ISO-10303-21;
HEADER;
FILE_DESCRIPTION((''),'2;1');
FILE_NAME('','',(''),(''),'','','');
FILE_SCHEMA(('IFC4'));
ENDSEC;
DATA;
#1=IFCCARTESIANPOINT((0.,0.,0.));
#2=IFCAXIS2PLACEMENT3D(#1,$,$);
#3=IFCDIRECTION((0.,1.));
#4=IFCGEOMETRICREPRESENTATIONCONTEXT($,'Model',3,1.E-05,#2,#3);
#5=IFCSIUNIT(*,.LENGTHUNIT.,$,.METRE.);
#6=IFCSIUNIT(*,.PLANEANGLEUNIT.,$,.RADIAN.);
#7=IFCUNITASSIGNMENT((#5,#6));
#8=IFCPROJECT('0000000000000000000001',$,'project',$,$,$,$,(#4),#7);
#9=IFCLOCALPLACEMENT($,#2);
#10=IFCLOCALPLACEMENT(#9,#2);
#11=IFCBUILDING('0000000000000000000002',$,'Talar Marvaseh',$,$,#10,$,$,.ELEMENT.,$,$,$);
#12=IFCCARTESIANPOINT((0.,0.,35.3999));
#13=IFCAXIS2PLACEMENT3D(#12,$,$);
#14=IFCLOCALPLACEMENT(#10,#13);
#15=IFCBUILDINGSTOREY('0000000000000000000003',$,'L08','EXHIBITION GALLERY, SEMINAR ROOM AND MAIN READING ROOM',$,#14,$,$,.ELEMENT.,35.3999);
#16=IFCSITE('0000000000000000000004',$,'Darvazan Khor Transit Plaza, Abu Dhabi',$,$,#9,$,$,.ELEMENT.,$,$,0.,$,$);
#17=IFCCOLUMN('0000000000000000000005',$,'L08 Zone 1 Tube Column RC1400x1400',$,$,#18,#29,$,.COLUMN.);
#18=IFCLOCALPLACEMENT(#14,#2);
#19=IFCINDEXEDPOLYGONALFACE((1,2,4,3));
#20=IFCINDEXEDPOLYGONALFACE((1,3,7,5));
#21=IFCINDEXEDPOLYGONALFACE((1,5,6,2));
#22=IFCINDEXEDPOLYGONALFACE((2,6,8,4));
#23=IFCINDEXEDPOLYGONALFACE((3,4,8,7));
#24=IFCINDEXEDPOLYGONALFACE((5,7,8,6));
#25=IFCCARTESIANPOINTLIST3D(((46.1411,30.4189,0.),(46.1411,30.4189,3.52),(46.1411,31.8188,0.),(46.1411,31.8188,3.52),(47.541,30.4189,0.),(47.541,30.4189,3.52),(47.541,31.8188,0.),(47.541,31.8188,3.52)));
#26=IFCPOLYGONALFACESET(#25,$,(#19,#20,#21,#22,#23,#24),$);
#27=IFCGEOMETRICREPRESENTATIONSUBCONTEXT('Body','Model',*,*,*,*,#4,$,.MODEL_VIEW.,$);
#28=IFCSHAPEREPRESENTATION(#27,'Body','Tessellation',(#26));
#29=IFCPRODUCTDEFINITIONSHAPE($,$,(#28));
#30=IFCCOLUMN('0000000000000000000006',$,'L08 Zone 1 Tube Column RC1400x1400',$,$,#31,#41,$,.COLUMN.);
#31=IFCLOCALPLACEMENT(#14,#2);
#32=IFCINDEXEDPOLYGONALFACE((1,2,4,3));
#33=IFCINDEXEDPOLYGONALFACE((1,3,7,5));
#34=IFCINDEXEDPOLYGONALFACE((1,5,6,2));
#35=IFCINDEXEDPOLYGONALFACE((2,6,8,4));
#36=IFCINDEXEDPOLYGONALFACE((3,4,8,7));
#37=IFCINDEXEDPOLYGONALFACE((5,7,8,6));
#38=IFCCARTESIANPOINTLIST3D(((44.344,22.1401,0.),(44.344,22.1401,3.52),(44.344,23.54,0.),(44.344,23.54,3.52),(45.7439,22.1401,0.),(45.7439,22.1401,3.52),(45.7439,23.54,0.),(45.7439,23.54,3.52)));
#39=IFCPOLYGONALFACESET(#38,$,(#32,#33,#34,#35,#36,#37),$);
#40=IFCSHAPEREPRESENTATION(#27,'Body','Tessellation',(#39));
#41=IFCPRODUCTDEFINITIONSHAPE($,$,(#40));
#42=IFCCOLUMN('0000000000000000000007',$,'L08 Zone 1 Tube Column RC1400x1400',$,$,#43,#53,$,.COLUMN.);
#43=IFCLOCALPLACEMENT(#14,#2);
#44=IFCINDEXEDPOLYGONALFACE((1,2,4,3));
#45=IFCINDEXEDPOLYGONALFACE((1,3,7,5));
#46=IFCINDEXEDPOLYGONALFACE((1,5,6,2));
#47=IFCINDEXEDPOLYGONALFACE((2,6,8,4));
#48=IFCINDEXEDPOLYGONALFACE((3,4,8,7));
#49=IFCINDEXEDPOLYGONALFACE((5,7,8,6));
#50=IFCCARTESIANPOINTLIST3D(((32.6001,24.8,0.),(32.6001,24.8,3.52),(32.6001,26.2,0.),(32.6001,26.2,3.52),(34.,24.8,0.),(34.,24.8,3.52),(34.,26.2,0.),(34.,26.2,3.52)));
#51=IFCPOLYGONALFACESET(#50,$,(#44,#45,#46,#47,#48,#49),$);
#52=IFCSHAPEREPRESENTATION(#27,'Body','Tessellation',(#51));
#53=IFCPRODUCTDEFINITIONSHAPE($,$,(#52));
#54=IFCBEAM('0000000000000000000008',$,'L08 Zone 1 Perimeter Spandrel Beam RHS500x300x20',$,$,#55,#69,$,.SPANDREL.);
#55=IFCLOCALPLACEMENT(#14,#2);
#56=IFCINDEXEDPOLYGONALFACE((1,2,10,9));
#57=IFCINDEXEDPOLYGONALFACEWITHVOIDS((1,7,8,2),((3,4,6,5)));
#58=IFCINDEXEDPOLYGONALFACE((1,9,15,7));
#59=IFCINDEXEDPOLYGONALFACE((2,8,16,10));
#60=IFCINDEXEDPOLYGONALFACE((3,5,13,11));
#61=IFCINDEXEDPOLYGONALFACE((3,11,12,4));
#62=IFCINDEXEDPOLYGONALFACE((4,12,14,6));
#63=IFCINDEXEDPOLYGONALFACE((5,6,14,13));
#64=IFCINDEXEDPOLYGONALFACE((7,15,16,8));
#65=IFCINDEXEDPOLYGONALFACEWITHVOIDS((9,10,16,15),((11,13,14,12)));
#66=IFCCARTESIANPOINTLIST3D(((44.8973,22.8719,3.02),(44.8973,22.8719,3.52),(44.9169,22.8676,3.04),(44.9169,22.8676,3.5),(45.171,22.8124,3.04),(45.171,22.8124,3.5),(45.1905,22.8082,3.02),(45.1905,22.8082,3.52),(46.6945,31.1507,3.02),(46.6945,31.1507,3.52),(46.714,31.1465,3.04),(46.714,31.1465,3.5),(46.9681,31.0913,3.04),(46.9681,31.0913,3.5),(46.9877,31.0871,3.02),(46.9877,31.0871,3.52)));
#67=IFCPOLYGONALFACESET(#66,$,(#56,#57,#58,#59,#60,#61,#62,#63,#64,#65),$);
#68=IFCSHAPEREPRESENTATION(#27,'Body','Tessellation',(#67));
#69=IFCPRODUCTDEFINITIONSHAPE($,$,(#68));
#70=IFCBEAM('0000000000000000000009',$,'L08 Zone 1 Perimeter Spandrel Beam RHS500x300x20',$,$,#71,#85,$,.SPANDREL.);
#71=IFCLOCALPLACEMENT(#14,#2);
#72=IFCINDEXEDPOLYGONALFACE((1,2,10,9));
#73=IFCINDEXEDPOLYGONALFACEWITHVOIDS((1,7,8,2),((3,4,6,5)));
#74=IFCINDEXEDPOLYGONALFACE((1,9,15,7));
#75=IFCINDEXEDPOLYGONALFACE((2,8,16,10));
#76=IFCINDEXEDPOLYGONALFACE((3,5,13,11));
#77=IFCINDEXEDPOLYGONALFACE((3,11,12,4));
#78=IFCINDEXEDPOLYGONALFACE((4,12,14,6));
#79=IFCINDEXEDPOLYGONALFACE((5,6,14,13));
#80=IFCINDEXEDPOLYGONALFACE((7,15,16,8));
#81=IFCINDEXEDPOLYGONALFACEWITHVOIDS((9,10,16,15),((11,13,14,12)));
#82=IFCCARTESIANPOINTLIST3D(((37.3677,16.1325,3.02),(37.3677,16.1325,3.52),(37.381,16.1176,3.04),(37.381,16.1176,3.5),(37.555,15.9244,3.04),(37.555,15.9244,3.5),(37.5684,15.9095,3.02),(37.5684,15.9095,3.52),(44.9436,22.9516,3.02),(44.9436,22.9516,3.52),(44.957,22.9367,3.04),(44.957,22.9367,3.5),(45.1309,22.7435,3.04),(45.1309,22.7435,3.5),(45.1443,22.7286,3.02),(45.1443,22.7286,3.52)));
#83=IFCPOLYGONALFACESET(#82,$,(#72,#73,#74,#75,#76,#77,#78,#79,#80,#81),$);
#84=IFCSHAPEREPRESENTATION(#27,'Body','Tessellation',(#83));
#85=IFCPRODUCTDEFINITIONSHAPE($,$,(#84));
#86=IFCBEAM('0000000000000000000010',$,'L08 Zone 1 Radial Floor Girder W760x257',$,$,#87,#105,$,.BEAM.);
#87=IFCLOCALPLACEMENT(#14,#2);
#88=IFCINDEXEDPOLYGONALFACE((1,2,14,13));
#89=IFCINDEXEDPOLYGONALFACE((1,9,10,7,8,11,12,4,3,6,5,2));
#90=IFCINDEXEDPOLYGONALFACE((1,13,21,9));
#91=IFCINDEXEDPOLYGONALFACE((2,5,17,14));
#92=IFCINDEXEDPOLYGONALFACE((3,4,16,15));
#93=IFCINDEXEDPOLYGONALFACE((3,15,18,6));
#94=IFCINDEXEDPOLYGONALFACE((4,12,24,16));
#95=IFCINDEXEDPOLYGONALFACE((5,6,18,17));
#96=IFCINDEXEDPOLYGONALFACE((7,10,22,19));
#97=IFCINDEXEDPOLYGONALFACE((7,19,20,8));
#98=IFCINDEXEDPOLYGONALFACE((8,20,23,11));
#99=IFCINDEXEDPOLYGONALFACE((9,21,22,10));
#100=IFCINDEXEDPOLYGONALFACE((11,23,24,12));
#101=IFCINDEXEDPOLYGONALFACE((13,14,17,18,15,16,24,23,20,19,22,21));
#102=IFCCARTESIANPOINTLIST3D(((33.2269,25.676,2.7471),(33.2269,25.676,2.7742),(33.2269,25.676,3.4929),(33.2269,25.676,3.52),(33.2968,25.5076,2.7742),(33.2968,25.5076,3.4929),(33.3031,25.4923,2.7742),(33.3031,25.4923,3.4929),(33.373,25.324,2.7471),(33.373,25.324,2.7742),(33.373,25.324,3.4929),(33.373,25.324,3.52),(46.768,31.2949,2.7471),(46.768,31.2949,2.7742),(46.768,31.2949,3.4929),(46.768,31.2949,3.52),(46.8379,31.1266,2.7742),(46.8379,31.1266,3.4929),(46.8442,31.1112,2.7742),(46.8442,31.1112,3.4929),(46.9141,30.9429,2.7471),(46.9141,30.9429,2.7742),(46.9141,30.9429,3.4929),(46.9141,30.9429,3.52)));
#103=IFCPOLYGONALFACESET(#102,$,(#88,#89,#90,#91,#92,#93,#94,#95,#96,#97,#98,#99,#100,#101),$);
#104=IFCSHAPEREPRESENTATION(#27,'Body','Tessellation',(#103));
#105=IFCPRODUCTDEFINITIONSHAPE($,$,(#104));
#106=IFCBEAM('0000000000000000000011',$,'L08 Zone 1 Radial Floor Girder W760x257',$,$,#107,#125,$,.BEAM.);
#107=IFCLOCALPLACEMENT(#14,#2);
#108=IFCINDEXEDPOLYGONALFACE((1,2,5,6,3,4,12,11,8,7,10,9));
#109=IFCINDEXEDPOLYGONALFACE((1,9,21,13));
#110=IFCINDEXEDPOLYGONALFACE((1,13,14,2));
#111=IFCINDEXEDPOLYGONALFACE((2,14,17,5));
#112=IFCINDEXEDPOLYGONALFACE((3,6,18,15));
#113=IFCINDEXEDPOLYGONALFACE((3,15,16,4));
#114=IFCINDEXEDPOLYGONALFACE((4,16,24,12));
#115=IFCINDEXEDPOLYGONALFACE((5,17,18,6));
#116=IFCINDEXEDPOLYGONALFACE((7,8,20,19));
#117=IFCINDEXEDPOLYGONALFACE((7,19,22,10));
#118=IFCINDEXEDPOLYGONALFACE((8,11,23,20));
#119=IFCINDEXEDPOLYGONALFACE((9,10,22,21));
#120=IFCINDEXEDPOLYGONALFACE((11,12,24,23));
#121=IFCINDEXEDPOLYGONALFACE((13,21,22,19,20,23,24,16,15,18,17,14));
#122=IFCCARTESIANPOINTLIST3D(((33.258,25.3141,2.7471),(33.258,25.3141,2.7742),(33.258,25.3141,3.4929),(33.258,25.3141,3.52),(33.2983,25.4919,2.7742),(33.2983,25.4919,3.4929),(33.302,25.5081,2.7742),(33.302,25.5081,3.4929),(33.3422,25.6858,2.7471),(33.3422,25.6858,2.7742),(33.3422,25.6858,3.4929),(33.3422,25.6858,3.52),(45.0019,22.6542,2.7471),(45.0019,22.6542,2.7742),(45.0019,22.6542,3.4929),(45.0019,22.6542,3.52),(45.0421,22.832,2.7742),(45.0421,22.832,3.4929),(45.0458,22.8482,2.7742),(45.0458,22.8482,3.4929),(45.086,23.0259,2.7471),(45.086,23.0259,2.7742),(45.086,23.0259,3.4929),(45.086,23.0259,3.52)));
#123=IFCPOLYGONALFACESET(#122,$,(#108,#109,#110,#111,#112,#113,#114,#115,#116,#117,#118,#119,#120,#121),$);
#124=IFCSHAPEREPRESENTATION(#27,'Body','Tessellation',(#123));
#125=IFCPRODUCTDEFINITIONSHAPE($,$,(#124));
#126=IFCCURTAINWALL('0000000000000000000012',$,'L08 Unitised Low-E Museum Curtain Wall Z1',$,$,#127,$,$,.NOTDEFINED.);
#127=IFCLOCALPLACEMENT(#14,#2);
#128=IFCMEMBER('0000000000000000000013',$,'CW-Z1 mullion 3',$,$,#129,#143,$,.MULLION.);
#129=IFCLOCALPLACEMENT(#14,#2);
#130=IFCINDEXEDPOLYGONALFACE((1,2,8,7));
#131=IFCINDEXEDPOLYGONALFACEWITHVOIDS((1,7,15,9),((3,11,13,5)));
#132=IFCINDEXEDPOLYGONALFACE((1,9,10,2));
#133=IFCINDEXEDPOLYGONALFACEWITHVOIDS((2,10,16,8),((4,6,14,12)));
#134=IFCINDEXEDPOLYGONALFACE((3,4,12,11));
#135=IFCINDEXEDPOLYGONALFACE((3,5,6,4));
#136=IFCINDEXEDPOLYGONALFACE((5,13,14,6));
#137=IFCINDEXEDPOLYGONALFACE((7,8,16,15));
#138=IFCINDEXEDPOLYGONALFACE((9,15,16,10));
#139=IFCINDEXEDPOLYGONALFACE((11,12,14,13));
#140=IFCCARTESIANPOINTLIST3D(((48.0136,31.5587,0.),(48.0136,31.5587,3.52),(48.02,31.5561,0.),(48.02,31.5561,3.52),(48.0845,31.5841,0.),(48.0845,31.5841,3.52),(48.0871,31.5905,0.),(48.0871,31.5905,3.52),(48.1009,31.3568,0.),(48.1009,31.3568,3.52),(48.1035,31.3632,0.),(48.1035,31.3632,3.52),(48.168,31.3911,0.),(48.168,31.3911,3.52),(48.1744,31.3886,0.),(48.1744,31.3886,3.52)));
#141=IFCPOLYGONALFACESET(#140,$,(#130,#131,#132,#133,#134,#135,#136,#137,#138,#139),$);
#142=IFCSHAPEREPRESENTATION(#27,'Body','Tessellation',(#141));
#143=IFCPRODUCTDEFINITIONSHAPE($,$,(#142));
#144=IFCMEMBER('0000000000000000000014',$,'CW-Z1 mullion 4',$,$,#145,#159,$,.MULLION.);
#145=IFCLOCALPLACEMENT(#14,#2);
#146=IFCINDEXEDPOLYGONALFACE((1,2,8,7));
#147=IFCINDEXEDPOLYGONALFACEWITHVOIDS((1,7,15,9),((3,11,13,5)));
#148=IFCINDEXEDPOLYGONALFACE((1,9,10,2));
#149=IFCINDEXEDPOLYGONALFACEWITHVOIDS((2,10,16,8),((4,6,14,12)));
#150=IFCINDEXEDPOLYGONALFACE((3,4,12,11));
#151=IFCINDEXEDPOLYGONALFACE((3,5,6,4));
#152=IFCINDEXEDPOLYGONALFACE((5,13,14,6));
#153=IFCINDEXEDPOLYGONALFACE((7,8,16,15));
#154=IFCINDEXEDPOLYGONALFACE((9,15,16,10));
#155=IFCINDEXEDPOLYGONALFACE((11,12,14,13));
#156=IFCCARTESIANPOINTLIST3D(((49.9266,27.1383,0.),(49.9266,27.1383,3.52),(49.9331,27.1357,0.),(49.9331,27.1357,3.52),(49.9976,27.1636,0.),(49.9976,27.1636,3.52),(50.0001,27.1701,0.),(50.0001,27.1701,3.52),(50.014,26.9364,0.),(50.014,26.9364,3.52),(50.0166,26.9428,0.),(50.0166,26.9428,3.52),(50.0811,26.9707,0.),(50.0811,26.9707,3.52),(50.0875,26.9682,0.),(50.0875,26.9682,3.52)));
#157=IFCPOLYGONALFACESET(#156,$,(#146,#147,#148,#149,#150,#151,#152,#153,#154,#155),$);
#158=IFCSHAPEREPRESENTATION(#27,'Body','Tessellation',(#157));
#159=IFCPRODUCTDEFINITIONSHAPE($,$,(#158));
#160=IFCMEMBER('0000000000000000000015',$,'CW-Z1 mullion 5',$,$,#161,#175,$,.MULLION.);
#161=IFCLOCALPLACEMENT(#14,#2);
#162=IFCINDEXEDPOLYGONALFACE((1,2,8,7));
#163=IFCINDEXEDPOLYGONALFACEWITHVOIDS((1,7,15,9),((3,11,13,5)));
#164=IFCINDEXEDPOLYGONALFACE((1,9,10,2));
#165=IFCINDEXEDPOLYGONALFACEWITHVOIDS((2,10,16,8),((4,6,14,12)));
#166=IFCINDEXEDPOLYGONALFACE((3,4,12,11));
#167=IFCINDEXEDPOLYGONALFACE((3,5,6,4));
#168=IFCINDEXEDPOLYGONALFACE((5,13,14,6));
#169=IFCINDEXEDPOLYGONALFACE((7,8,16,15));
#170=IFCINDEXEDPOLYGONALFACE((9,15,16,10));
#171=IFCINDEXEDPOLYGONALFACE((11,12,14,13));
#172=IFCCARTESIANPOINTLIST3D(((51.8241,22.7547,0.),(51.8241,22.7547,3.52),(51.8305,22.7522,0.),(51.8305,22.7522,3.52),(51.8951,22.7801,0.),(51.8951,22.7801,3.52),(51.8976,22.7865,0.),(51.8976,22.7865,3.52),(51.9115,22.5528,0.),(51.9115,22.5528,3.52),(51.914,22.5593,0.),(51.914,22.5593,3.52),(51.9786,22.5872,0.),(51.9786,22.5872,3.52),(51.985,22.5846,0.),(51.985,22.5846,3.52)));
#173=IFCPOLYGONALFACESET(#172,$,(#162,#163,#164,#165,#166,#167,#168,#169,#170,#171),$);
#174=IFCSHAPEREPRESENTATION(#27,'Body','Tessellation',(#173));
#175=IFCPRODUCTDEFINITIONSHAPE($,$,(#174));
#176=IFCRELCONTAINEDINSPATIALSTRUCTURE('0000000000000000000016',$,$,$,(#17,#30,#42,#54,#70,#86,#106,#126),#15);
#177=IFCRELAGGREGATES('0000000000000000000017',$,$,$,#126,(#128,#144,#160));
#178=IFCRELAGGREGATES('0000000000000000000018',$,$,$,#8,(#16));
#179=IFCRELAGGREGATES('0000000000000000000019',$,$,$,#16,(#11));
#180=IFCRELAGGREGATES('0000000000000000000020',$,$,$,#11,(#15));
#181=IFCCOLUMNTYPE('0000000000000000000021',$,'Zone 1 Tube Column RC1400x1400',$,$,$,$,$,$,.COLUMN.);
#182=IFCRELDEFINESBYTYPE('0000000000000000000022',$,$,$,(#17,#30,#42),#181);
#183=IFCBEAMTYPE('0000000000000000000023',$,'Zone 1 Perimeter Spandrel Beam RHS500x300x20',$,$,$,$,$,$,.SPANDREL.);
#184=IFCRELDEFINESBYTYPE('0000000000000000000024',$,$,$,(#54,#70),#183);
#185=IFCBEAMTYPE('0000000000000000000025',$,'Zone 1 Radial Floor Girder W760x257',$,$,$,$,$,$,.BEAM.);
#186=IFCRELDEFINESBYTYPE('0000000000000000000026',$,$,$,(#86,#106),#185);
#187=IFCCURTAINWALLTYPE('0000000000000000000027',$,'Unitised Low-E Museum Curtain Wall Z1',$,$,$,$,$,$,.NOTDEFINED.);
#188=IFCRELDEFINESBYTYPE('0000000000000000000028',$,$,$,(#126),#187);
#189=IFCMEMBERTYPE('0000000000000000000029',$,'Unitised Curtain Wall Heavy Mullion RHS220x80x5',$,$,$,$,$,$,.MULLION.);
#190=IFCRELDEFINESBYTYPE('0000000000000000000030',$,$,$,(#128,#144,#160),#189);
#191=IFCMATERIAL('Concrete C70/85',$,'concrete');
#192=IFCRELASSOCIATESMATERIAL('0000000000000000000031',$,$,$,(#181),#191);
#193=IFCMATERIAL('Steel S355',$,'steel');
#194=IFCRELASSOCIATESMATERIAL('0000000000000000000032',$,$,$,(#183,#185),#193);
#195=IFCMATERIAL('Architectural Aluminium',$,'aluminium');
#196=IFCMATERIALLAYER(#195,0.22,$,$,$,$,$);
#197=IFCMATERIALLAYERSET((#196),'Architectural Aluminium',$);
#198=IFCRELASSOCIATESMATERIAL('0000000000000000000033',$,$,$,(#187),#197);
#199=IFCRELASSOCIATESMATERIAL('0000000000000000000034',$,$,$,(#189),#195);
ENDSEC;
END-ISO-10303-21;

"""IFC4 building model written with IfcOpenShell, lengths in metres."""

from ifc_helpers import new_model, si_unit, direction, frame, origin, origin_2d, place, context, subcontext, project, spatial, rectangle, hollow_rectangle, i_section, extrude, source, transform, mapped, material, layer, layer_set, material_profile, profile_set, type_object, type_shapes, element, aggregate, save


model = new_model("IFC4")

# Units and contexts
model_context = context("Model", 3, precision=1e-05, world=origin(), true_north=direction((0.0, 1.0)))
body_context = subcontext(model_context, "Body", "Model", "MODEL_VIEW")
ifc_project = project(units=[si_unit("LENGTHUNIT", "METRE"), si_unit("PLANEANGLEUNIT", "RADIAN")], contexts=[model_context])

# Site, building, storey
site_placement = place(None, origin())
site = spatial("IfcSite", under=ifc_project, at=site_placement, Name="Darvazan Khor Transit Plaza, Abu Dhabi", CompositionType="ELEMENT", RefElevation=0.0)
building_placement = place(site_placement, origin())
building = spatial("IfcBuilding", under=site, at=building_placement, Name="Talar Marvaseh", CompositionType="ELEMENT")
storey_placement = place(building_placement, frame((0.0, 0.0, 35.3999)))
storey = spatial("IfcBuildingStorey", under=building, at=storey_placement, Name="L08", Description="EXHIBITION GALLERY, SEMINAR ROOM AND MAIN READING ROOM", CompositionType="ELEMENT", Elevation=35.3999)

# Columns
ifc_material_1 = material(Name="Concrete C70/85", Category="concrete")
ifc_material_profile_1 = material_profile(ifc_material_1, rectangle(XDim=1.3999, YDim=1.3999, at=origin_2d()), Name="RC1400x1400")
ifc_profile_set_1 = profile_set([ifc_material_profile_1], Name="Concrete C70/85")
column_type = type_object("IfcColumnType", Name="Zone 1 Tube Column RC1400x1400", PredefinedType="COLUMN", material=ifc_profile_set_1)
for number, where, z_axis, x_axis, name in (
    (1, (46.8411, 31.1189, 0.0), (0.0, 0.0, 1.0), (1.0, 0.0, 0.0), "L08 Zone 1 Tube Column RC1400x1400"),
    (2, (45.0439, 22.8401, 0.0), (0.0, 0.0, 1.0), (1.0, 0.0, 0.0), "L08 Zone 1 Tube Column RC1400x1400"),
    (3, (33.3, 25.5, 0.0), (0.0, 0.0, 1.0), (1.0, 0.0, 0.0), "L08 Zone 1 Tube Column RC1400x1400"),
):
    element("IfcColumn", number, at=place(storey_placement, frame(where, z_axis=z_axis, x_axis=x_axis)), inside=storey, type_object=column_type, Name=name, PredefinedType="COLUMN", context=body_context, shape_type="SweptSolid", body=[
        extrude(rectangle(XDim=1.3999, YDim=1.3999, at=origin_2d()), origin(), (0.0, 0.0, 1.0), 3.52),
    ])

# Beams
ifc_material_2 = material(Name="Steel S355", Category="steel")
ifc_material_profile_2 = material_profile(ifc_material_2, hollow_rectangle(XDim=0.3, YDim=0.5, WallThickness=0.02, at=origin_2d()), Name="RHS500x300x20")
ifc_profile_set_2 = profile_set([ifc_material_profile_2], Name="Steel S355")
beam_type_1 = type_object("IfcBeamType", Name="Zone 1 Perimeter Spandrel Beam RHS500x300x20", PredefinedType="SPANDREL", material=ifc_profile_set_2)
beam_1_placement = place(storey_placement, frame((46.8411, 31.1189, 3.27), z_axis=(-0.212134, -0.977241, 0.0), x_axis=(0.977241, -0.212134, 0.0)))
element("IfcBeam", 4, at=beam_1_placement, inside=storey, type_object=beam_type_1, Name="L08 Zone 1 Perimeter Spandrel Beam RHS500x300x20", PredefinedType="SPANDREL", context=body_context, shape_type="SweptSolid", body=[
    extrude(hollow_rectangle(XDim=0.3, YDim=0.5, WallThickness=0.02, at=origin_2d()), origin(), (0.0, 0.0, 1.0), 8.4717),
])
beam_2_placement = place(storey_placement, frame((45.0439, 22.8401, 3.27), z_axis=(-0.743257, -0.669006, 0.0), x_axis=(0.669006, -0.743257, 0.0)))
element("IfcBeam", 5, at=beam_2_placement, inside=storey, type_object=beam_type_1, Name="L08 Zone 1 Perimeter Spandrel Beam RHS500x300x20", PredefinedType="SPANDREL", context=body_context, shape_type="SweptSolid", body=[
    extrude(hollow_rectangle(XDim=0.3, YDim=0.5, WallThickness=0.02, at=origin_2d()), origin(), (0.0, 0.0, 1.0), 10.1929),
])
ifc_material_profile_3 = material_profile(ifc_material_2, i_section(OverallWidth=0.3811, OverallDepth=0.7729, WebThickness=0.0166, FlangeThickness=0.0271, at=origin_2d()), Name="W760x257")
ifc_profile_set_3 = profile_set([ifc_material_profile_3], Name="Steel S355")
beam_type_2 = type_object("IfcBeamType", Name="Zone 1 Radial Floor Girder W760x257", PredefinedType="BEAM", material=ifc_profile_set_3)
beam_3_placement = place(storey_placement, frame((46.8411, 31.1189, 3.1335), z_axis=(-0.923638, -0.383267, 0.0), x_axis=(0.383267, -0.923638, 0.0)))
element("IfcBeam", 6, at=beam_3_placement, inside=storey, type_object=beam_type_2, Name="L08 Zone 1 Radial Floor Girder W760x257", PredefinedType="BEAM", context=body_context, shape_type="SweptSolid", body=[
    extrude(i_section(OverallWidth=0.3811, OverallDepth=0.7729, WebThickness=0.0166, FlangeThickness=0.0271, at=origin_2d()), origin(), (0.0, 0.0, 1.0), 14.6606),
])
beam_4_placement = place(storey_placement, frame((45.0439, 22.8401, 3.1335), z_axis=(-0.975297, 0.220898, 0.0), x_axis=(-0.220898, -0.975297, 0.0)))
element("IfcBeam", 7, at=beam_4_placement, inside=storey, type_object=beam_type_2, Name="L08 Zone 1 Radial Floor Girder W760x257", PredefinedType="BEAM", context=body_context, shape_type="SweptSolid", body=[
    extrude(i_section(OverallWidth=0.3811, OverallDepth=0.7729, WebThickness=0.0166, FlangeThickness=0.0271, at=origin_2d()), origin(), (0.0, 0.0, 1.0), 12.0413),
])

# Curtain wall, members
ifc_material_3 = material(Name="Architectural Aluminium", Category="aluminium")
ifc_layer_1 = layer(ifc_material_3, 0.22)
ifc_layer_set_1 = layer_set([ifc_layer_1], Name="Architectural Aluminium")
curtain_wall_type = type_object("IfcCurtainWallType", Name="Unitised Low-E Museum Curtain Wall Z1", PredefinedType="NOTDEFINED", material=ifc_layer_set_1)
curtain_wall_placement = place(storey_placement, origin())
curtain_wall = element("IfcCurtainWall", 8, at=curtain_wall_placement, inside=storey, type_object=curtain_wall_type, Name="L08 Unitised Low-E Museum Curtain Wall Z1", PredefinedType="NOTDEFINED")
ifc_material_profile_4 = material_profile(ifc_material_3, hollow_rectangle(XDim=0.0801, YDim=0.22, WallThickness=0.0049, at=origin_2d()), Name="RHS220x80x5")
ifc_profile_set_4 = profile_set([ifc_material_profile_4], Name="Architectural Aluminium")
member_type_1 = type_object("IfcMemberType", Name="Unitised Curtain Wall Heavy Mullion RHS220x80x5", PredefinedType="MULLION", material=ifc_profile_set_4)
shared_shape_1 = source(origin(), body_context, "Body", "SweptSolid", [
    extrude(hollow_rectangle(XDim=0.0801, YDim=0.22, WallThickness=0.0049, at=origin_2d()), origin(), (0.0, 0.0, 1.0), 3.52),
])
type_shapes(member_type_1, [shared_shape_1])
member_1_placement = place(storey_placement, frame((48.094, 31.4736, 0.0), z_axis=(0.0, 0.0, 1.0), x_axis=(0.917728, 0.39721, 0.0)))
member_1 = element("IfcMember", 9, at=member_1_placement, type_object=member_type_1, Name="CW-Z1 mullion 3", PredefinedType="MULLION", context=body_context, shape_type="MappedRepresentation", body=[
    mapped(shared_shape_1, transform((0.0, 0.0, 0.0), x_axis=(1.0, 0.0, 0.0), y_axis=(0.0, 1.0, 0.0), z_axis=(0.0, 0.0, 1.0), scale=1.0)),
])
member_2_placement = place(storey_placement, frame((50.0071, 27.0532, 0.0), z_axis=(0.0, 0.0, 1.0), x_axis=(0.917728, 0.39721, 0.0)))
member_2 = element("IfcMember", 10, at=member_2_placement, type_object=member_type_1, Name="CW-Z1 mullion 4", PredefinedType="MULLION", context=body_context, shape_type="MappedRepresentation", body=[
    mapped(shared_shape_1, transform((0.0, 0.0, 0.0), x_axis=(1.0, 0.0, 0.0), y_axis=(0.0, 1.0, 0.0), z_axis=(0.0, 0.0, 1.0), scale=1.0)),
])
member_3_placement = place(storey_placement, frame((51.9045, 22.6697, 0.0), z_axis=(0.0, 0.0, 1.0), x_axis=(0.917728, 0.39721, 0.0)))
member_3 = element("IfcMember", 11, at=member_3_placement, type_object=member_type_1, Name="CW-Z1 mullion 5", PredefinedType="MULLION", context=body_context, shape_type="MappedRepresentation", body=[
    mapped(shared_shape_1, transform((0.0, 0.0, 0.0), x_axis=(1.0, 0.0, 0.0), y_axis=(0.0, 1.0, 0.0), z_axis=(0.0, 0.0, 1.0), scale=1.0)),
])
aggregate(curtain_wall, [member_1, member_2, member_3])

save(model, "model.ifc")
